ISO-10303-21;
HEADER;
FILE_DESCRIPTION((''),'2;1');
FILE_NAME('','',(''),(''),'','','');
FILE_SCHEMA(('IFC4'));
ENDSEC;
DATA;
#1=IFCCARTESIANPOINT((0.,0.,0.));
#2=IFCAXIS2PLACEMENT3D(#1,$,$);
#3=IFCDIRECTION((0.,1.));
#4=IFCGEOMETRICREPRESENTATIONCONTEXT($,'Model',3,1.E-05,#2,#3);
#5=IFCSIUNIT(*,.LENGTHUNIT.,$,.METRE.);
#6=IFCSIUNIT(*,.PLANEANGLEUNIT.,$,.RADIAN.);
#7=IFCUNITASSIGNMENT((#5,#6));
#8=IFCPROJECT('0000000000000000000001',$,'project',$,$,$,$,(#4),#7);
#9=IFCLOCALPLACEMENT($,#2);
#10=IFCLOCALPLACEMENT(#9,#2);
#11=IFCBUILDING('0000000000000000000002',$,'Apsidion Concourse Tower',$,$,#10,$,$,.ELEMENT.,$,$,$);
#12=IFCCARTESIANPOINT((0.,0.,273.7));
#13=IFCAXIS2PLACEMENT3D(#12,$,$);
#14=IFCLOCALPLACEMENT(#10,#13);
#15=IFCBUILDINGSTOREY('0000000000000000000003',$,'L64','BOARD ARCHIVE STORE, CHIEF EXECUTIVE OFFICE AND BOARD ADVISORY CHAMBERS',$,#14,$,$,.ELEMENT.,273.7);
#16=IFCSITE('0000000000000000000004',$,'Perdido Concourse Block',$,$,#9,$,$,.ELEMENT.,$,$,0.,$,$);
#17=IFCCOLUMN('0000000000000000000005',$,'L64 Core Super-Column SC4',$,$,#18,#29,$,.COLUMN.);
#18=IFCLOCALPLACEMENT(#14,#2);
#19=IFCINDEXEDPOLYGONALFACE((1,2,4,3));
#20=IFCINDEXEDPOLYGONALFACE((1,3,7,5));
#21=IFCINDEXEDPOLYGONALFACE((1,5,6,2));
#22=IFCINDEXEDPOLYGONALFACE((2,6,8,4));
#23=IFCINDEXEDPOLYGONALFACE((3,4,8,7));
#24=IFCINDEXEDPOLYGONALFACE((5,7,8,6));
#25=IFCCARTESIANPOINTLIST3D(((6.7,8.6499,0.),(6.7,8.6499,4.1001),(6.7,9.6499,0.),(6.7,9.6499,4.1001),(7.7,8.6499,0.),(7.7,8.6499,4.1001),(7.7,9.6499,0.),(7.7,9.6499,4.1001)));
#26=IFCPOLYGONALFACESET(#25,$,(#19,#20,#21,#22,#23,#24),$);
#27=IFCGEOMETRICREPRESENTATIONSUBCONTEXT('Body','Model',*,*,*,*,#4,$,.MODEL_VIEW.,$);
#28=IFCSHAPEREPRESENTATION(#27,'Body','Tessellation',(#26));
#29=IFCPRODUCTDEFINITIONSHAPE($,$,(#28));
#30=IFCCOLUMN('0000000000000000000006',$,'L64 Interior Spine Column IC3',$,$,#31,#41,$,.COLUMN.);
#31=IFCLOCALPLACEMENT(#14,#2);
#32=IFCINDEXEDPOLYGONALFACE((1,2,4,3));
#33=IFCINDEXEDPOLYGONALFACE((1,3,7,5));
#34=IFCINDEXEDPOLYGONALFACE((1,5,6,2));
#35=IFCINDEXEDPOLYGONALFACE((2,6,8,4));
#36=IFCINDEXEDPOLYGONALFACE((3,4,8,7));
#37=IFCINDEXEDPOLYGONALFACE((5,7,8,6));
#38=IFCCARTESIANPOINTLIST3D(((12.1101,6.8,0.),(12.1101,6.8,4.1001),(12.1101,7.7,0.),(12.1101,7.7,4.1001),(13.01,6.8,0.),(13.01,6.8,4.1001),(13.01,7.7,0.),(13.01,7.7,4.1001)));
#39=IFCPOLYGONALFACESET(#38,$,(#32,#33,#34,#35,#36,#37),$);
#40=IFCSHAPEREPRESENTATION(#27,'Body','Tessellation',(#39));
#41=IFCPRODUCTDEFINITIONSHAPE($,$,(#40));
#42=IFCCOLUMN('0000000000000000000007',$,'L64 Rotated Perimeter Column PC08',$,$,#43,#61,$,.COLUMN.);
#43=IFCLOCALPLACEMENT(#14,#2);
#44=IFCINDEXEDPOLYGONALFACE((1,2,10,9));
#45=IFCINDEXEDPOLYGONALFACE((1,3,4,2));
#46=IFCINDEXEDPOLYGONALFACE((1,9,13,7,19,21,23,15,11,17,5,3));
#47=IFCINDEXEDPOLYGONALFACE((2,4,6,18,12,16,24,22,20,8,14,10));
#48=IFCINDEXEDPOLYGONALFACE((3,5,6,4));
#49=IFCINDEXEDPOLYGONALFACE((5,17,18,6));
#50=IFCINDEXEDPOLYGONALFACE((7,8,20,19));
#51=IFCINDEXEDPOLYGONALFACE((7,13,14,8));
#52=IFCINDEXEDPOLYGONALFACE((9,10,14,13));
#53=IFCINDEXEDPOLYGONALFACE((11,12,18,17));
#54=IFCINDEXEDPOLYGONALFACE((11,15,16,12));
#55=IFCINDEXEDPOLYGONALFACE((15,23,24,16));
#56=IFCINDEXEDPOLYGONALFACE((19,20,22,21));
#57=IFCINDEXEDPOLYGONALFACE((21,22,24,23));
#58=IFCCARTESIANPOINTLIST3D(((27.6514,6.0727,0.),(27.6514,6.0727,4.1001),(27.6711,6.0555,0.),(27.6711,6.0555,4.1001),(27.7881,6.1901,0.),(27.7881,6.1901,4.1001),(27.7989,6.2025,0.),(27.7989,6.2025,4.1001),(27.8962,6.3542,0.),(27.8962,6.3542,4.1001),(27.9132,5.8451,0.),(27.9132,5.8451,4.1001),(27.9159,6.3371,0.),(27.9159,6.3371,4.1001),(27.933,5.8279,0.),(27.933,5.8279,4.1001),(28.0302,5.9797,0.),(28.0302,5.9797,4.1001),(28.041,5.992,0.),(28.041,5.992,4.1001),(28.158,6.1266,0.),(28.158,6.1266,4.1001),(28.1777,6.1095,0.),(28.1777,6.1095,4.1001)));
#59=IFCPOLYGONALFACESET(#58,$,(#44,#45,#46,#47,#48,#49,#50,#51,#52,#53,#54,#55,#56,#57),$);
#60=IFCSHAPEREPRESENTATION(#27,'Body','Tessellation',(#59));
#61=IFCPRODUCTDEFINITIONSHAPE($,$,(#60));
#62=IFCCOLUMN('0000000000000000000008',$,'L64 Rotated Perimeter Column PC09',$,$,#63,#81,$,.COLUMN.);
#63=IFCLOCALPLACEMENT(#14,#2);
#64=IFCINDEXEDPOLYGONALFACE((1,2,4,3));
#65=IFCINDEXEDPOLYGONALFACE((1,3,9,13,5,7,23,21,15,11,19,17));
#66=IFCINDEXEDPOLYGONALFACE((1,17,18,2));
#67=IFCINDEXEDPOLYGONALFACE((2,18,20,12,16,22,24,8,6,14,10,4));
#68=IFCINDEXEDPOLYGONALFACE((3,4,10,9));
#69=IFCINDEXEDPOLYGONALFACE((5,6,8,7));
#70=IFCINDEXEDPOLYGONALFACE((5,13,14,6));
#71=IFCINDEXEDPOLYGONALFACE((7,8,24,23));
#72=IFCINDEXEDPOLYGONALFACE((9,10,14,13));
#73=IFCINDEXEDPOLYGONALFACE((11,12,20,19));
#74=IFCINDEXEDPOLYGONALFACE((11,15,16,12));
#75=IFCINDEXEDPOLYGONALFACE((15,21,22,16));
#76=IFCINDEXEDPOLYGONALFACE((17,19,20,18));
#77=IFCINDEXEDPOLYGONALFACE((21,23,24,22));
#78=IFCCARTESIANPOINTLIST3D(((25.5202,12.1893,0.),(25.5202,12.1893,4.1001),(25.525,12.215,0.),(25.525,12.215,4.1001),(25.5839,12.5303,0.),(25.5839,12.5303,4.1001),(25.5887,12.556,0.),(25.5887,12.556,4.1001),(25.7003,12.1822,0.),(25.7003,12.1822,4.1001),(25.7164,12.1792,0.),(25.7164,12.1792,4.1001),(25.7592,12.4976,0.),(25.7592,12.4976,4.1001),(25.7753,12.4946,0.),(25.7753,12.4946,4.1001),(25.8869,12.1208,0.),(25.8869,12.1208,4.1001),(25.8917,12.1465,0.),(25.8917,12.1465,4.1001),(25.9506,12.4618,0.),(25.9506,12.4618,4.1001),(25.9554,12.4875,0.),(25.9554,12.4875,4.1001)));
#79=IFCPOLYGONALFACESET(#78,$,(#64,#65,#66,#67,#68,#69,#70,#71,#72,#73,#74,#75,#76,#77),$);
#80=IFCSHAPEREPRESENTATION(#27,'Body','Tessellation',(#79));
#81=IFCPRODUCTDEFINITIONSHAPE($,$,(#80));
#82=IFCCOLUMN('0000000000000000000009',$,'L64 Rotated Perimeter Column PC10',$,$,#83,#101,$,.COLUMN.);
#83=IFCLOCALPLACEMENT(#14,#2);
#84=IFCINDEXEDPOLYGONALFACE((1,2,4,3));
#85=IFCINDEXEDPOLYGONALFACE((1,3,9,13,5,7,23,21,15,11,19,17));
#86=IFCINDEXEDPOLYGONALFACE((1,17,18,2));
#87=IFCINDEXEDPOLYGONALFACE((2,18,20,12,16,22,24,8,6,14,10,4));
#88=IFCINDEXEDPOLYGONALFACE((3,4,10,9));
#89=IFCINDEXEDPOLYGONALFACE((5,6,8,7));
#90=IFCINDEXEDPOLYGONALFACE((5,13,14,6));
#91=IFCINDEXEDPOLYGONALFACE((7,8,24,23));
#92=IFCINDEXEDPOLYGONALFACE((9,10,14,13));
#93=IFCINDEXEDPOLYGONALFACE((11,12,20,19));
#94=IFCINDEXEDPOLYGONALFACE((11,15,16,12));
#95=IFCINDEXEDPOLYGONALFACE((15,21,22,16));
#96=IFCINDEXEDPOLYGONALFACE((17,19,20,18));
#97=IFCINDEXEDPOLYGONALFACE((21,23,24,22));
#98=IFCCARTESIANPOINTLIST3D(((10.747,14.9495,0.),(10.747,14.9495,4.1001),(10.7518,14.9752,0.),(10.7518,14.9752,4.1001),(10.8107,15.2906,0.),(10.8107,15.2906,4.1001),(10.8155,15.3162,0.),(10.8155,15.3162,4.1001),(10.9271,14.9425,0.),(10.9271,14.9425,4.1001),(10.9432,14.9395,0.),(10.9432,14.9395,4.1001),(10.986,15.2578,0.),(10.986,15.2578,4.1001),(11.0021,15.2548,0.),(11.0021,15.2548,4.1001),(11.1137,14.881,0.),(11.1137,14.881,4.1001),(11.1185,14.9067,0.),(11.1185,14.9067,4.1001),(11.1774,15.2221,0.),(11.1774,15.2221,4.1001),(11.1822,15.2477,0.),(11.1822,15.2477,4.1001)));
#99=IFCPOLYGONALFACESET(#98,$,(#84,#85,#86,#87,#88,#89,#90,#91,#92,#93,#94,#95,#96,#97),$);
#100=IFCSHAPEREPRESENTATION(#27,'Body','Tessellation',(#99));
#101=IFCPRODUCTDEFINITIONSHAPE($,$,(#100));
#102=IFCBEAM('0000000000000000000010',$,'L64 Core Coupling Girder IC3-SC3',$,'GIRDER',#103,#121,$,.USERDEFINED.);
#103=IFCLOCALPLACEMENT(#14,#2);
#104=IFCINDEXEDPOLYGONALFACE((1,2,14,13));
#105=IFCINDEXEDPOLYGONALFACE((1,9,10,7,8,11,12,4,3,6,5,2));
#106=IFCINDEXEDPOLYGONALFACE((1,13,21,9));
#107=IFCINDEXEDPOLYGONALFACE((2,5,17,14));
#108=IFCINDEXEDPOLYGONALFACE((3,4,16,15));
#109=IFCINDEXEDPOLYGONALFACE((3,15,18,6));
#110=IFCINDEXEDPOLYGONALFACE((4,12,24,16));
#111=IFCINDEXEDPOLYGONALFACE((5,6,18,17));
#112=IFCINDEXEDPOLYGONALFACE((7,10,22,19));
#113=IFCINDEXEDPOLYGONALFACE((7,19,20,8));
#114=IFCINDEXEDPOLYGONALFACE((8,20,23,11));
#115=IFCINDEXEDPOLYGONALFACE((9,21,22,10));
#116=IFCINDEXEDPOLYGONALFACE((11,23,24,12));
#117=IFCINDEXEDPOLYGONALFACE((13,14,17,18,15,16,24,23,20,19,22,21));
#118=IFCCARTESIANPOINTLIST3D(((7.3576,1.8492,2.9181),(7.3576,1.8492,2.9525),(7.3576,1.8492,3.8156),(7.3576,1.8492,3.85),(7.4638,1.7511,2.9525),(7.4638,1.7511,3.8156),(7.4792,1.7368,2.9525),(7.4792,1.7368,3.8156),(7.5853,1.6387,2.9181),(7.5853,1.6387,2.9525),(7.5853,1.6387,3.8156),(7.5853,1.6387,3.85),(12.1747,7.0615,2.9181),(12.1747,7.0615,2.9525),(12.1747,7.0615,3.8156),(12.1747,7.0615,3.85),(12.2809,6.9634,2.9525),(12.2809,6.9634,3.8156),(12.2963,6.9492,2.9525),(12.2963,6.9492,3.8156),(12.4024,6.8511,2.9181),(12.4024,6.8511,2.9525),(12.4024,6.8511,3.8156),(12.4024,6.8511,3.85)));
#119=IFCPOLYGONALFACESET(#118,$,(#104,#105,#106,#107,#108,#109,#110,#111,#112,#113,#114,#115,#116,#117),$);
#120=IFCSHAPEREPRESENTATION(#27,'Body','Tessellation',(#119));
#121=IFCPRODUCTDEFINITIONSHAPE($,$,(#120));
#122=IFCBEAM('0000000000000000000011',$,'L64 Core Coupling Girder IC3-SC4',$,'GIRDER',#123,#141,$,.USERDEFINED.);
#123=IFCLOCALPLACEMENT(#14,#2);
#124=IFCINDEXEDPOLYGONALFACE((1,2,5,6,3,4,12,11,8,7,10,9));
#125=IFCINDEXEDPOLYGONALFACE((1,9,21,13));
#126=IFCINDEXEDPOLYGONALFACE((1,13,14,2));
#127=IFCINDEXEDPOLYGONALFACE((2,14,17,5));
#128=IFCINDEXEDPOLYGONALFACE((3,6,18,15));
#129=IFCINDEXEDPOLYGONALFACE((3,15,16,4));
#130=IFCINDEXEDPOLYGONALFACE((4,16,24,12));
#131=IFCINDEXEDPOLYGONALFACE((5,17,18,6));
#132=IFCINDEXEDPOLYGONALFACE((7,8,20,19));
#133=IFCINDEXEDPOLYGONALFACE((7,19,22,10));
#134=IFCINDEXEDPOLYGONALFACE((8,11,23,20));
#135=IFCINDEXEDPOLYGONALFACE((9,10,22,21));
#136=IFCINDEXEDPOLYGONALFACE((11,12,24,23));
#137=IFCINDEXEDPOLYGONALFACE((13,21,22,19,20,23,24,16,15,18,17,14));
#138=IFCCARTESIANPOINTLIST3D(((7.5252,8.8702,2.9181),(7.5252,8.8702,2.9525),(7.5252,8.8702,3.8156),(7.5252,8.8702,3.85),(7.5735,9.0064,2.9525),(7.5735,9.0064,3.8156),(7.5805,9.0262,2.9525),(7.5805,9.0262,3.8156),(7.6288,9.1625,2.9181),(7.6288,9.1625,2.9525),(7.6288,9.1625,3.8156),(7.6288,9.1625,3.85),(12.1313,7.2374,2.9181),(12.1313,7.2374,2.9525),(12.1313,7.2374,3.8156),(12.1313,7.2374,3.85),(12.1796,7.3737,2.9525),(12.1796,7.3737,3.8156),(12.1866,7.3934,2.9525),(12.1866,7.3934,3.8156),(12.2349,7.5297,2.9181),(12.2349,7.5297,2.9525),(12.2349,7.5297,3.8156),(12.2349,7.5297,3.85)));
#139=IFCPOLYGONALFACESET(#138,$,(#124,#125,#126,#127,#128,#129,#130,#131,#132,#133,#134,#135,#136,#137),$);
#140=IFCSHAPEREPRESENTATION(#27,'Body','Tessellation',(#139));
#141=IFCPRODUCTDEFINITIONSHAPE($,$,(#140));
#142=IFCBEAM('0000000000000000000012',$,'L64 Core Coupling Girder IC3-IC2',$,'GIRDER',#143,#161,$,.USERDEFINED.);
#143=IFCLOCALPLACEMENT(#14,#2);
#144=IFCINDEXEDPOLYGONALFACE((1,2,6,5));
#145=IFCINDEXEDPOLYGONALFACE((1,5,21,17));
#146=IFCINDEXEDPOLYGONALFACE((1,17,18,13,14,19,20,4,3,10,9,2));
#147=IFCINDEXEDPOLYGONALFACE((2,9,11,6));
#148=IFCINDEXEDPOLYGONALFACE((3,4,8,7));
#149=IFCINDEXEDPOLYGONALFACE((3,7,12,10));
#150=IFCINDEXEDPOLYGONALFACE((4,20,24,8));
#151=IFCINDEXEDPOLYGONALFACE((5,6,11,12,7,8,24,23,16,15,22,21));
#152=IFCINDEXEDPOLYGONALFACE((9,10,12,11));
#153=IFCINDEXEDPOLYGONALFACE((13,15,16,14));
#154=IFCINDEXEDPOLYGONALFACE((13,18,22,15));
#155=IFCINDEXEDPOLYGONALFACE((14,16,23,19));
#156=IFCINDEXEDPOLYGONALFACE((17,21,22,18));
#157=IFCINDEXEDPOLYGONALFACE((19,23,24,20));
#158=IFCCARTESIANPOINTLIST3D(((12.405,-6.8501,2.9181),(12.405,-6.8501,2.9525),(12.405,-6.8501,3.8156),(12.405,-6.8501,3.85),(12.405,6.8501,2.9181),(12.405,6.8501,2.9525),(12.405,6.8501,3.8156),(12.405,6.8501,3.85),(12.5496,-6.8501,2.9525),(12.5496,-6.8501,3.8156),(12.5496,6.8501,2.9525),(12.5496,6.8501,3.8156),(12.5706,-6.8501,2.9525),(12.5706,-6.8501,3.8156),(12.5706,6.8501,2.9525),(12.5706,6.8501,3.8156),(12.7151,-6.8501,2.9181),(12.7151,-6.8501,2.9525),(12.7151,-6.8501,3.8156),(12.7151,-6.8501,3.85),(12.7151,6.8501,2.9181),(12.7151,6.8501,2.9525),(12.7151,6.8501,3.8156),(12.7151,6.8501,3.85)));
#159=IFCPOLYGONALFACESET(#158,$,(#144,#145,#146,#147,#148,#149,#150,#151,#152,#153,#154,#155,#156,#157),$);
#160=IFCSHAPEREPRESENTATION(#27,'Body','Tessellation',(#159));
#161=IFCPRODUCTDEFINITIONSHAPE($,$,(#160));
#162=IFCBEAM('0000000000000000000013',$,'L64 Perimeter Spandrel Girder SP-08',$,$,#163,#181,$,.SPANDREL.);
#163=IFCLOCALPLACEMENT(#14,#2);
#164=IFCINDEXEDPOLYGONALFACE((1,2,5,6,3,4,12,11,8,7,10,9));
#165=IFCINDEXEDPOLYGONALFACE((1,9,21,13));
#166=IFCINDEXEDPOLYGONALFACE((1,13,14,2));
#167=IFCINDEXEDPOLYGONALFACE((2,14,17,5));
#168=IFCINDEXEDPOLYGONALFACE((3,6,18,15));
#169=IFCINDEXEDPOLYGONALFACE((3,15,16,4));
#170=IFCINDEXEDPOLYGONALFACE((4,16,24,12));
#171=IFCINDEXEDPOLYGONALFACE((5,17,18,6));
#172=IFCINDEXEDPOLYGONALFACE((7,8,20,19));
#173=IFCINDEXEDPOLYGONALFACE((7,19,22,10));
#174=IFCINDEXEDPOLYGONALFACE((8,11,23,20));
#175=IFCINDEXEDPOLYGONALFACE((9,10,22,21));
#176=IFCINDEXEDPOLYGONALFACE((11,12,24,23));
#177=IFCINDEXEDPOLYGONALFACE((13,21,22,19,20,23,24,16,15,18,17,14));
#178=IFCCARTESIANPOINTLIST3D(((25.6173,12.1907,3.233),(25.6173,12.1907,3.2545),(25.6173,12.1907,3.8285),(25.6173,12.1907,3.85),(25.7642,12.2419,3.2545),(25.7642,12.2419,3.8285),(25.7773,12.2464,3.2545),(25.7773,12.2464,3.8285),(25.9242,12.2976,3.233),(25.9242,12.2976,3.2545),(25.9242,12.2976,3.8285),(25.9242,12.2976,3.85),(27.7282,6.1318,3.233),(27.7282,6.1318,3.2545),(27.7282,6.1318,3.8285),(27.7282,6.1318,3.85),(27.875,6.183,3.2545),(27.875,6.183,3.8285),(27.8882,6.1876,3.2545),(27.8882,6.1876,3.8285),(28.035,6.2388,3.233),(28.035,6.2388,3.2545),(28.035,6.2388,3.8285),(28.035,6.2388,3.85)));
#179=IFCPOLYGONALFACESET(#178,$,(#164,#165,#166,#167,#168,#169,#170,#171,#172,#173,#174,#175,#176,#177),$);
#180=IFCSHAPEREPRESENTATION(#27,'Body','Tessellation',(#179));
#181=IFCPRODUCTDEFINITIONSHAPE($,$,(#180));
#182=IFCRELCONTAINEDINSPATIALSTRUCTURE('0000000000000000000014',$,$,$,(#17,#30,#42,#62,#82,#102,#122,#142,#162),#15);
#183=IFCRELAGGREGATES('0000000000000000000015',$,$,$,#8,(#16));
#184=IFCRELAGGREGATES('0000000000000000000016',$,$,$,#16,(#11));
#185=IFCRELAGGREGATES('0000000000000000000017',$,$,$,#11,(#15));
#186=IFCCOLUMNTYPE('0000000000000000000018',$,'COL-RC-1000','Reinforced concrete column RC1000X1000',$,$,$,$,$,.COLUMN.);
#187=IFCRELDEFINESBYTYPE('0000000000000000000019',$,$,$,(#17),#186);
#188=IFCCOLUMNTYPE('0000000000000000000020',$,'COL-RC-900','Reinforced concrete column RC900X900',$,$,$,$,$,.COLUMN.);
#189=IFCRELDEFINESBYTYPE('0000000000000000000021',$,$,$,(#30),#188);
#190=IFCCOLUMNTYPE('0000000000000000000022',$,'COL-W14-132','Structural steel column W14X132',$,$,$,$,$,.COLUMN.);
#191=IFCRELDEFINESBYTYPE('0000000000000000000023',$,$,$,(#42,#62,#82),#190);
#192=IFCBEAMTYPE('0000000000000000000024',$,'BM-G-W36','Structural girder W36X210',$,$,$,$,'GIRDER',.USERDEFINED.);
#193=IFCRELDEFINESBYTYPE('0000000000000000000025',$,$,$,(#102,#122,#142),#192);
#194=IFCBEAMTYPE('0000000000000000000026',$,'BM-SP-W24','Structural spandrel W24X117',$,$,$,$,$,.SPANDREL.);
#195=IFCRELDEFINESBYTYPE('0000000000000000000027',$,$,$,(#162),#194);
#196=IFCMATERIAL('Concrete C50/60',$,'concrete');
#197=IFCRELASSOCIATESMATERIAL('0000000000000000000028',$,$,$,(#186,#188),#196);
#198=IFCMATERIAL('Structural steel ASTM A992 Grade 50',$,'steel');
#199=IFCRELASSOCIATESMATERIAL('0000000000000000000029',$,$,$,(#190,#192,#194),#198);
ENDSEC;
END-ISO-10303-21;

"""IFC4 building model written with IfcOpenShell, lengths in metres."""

from ifc_helpers import new_model, si_unit, direction, frame, origin, origin_2d, place, context, subcontext, project, spatial, rectangle, i_section, extrude, material, material_profile, profile_set, type_object, element, save


model = new_model("IFC4")

# Units and contexts
model_context = context("Model", 3, precision=1e-05, world=origin(), true_north=direction((0.0, 1.0)))
body_context = subcontext(model_context, "Body", "Model", "MODEL_VIEW")
ifc_project = project(units=[si_unit("LENGTHUNIT", "METRE"), si_unit("PLANEANGLEUNIT", "RADIAN")], contexts=[model_context])

# Site, building, storey
site_placement = place(None, origin())
site = spatial("IfcSite", under=ifc_project, at=site_placement, Name="Perdido Concourse Block", CompositionType="ELEMENT", RefElevation=0.0)
building_placement = place(site_placement, origin())
building = spatial("IfcBuilding", under=site, at=building_placement, Name="Apsidion Concourse Tower", CompositionType="ELEMENT")
storey_placement = place(building_placement, frame((0.0, 0.0, 273.7)))
storey = spatial("IfcBuildingStorey", under=building, at=storey_placement, Name="L64", Description="BOARD ARCHIVE STORE, CHIEF EXECUTIVE OFFICE AND BOARD ADVISORY CHAMBERS", CompositionType="ELEMENT", Elevation=273.7)

# Columns
ifc_material_1 = material(Name="Concrete C50/60", Category="concrete")
ifc_material_profile_1 = material_profile(ifc_material_1, rectangle(XDim=1.0, YDim=1.0, at=origin_2d()), Name="RC 1000x1000")
ifc_profile_set_1 = profile_set([ifc_material_profile_1], Name="Concrete C50/60")
column_type_1 = type_object("IfcColumnType", Name="COL-RC-1000", Description="Reinforced concrete column RC1000X1000", PredefinedType="COLUMN", material=ifc_profile_set_1)
column_1_placement = place(storey_placement, frame((7.2, 9.1499, 0.0), z_axis=(0.0, 0.0, 1.0), x_axis=(1.0, 0.0, 0.0)))
element("IfcColumn", 1, at=column_1_placement, inside=storey, type_object=column_type_1, Name="L64 Core Super-Column SC4", PredefinedType="COLUMN", context=body_context, shape_type="SweptSolid", body=[
    extrude(rectangle(XDim=1.0, YDim=1.0, at=origin_2d()), origin(), (0.0, 0.0, 1.0), 4.1001),
])
ifc_material_profile_2 = material_profile(ifc_material_1, rectangle(XDim=0.8999, YDim=0.8999, at=origin_2d()), Name="RC 900x900")
ifc_profile_set_2 = profile_set([ifc_material_profile_2], Name="Concrete C50/60")
column_type_2 = type_object("IfcColumnType", Name="COL-RC-900", Description="Reinforced concrete column RC900X900", PredefinedType="COLUMN", material=ifc_profile_set_2)
column_2_placement = place(storey_placement, frame((12.5601, 7.25, 0.0), z_axis=(0.0, 0.0, 1.0), x_axis=(1.0, 0.0, 0.0)))
element("IfcColumn", 2, at=column_2_placement, inside=storey, type_object=column_type_2, Name="L64 Interior Spine Column IC3", PredefinedType="COLUMN", context=body_context, shape_type="SweptSolid", body=[
    extrude(rectangle(XDim=0.8999, YDim=0.8999, at=origin_2d()), origin(), (0.0, 0.0, 1.0), 4.1001),
])
ifc_material_2 = material(Name="Structural steel ASTM A992 Grade 50", Category="steel")
ifc_material_profile_3 = material_profile(ifc_material_2, i_section(OverallWidth=0.373, OverallDepth=0.373, WebThickness=0.0164, FlangeThickness=0.0261, at=origin_2d()), Name="W14X132")
ifc_profile_set_3 = profile_set([ifc_material_profile_3], Name="Structural steel ASTM A992 Grade 50")
column_type_3 = type_object("IfcColumnType", Name="COL-W14-132", Description="Structural steel column W14X132", PredefinedType="COLUMN", material=ifc_profile_set_3)
for number, where, z_axis, x_axis, name in (
    (3, (27.9146, 6.0911, 0.0), (0.0, 0.0, 1.0), (0.656059, 0.75471, 0.0), "L64 Rotated Perimeter Column PC08"),
    (4, (25.7378, 12.3384, 0.0), (0.0, 0.0, 1.0), (-0.983, 0.183608, 0.0), "L64 Rotated Perimeter Column PC09"),
    (5, (10.9646, 15.0986, 0.0), (0.0, 0.0, 1.0), (-0.983, 0.183608, 0.0), "L64 Rotated Perimeter Column PC10"),
):
    element("IfcColumn", number, at=place(storey_placement, frame(where, z_axis=z_axis, x_axis=x_axis)), inside=storey, type_object=column_type_3, Name=name, PredefinedType="COLUMN", context=body_context, shape_type="SweptSolid", body=[
        extrude(i_section(OverallWidth=0.373, OverallDepth=0.373, WebThickness=0.0164, FlangeThickness=0.0261, at=origin_2d()), origin(), (0.0, 0.0, 1.0), 4.1001),
    ])

# Beams
ifc_material_profile_4 = material_profile(ifc_material_2, i_section(OverallWidth=0.3101, OverallDepth=0.9319, WebThickness=0.021, FlangeThickness=0.0344, at=origin_2d()), Name="W36X210")
ifc_profile_set_4 = profile_set([ifc_material_profile_4], Name="Structural steel ASTM A992 Grade 50")
beam_type_1 = type_object("IfcBeamType", Name="BM-G-W36", Description="Structural girder W36X210", ElementType="GIRDER", PredefinedType="USERDEFINED", material=ifc_profile_set_4)
beam_1_placement = place(storey_placement, frame((12.2886, 6.9563, 3.384), z_axis=(-0.678713, -0.734404, 0.0), x_axis=(0.734404, -0.678713, 0.0)))
element("IfcBeam", 6, at=beam_1_placement, inside=storey, type_object=beam_type_1, Name="L64 Core Coupling Girder IC3-SC3", ObjectType="GIRDER", PredefinedType="USERDEFINED", context=body_context, shape_type="SweptSolid", body=[
    extrude(i_section(OverallWidth=0.3101, OverallDepth=0.9319, WebThickness=0.021, FlangeThickness=0.0344, at=origin_2d()), origin(), (0.0, 0.0, 1.0), 7.0974),
])
beam_2_placement = place(storey_placement, frame((12.1831, 7.3835, 3.384), z_axis=(-0.942534, 0.334111, 0.0), x_axis=(-0.334111, -0.942534, 0.0)))
element("IfcBeam", 7, at=beam_2_placement, inside=storey, type_object=beam_type_1, Name="L64 Core Coupling Girder IC3-SC4", ObjectType="GIRDER", PredefinedType="USERDEFINED", context=body_context, shape_type="SweptSolid", body=[
    extrude(i_section(OverallWidth=0.3101, OverallDepth=0.9319, WebThickness=0.021, FlangeThickness=0.0344, at=origin_2d()), origin(), (0.0, 0.0, 1.0), 4.887),
])
beam_3_placement = place(storey_placement, frame((12.5601, 6.8501, 3.384), z_axis=(0.0, -1.0, 0.0), x_axis=(1.0, 0.0, 0.0)))
element("IfcBeam", 8, at=beam_3_placement, inside=storey, type_object=beam_type_1, Name="L64 Core Coupling Girder IC3-IC2", ObjectType="GIRDER", PredefinedType="USERDEFINED", context=body_context, shape_type="SweptSolid", body=[
    extrude(i_section(OverallWidth=0.3101, OverallDepth=0.9319, WebThickness=0.021, FlangeThickness=0.0344, at=origin_2d()), origin(), (0.0, 0.0, 1.0), 13.7002),
])
ifc_material_profile_5 = material_profile(ifc_material_2, i_section(OverallWidth=0.325, OverallDepth=0.6169, WebThickness=0.0139, FlangeThickness=0.0215, at=origin_2d()), Name="W24X117")
ifc_profile_set_5 = profile_set([ifc_material_profile_5], Name="Structural steel ASTM A992 Grade 50")
beam_type_2 = type_object("IfcBeamType", Name="BM-SP-W24", Description="Structural spandrel W24X117", PredefinedType="SPANDREL", material=ifc_profile_set_5)
beam_4_placement = place(storey_placement, frame((27.8816, 6.1853, 3.5415), z_axis=(-0.328996, 0.944331, 0.0), x_axis=(-0.944331, -0.328996, 0.0)))
element("IfcBeam", 9, at=beam_4_placement, inside=storey, type_object=beam_type_2, Name="L64 Perimeter Spandrel Girder SP-08", PredefinedType="SPANDREL", context=body_context, shape_type="SweptSolid", body=[
    extrude(i_section(OverallWidth=0.325, OverallDepth=0.6169, WebThickness=0.0139, FlangeThickness=0.0215, at=origin_2d()), origin(), (0.0, 0.0, 1.0), 6.416),
])

save(model, "model.ifc")
